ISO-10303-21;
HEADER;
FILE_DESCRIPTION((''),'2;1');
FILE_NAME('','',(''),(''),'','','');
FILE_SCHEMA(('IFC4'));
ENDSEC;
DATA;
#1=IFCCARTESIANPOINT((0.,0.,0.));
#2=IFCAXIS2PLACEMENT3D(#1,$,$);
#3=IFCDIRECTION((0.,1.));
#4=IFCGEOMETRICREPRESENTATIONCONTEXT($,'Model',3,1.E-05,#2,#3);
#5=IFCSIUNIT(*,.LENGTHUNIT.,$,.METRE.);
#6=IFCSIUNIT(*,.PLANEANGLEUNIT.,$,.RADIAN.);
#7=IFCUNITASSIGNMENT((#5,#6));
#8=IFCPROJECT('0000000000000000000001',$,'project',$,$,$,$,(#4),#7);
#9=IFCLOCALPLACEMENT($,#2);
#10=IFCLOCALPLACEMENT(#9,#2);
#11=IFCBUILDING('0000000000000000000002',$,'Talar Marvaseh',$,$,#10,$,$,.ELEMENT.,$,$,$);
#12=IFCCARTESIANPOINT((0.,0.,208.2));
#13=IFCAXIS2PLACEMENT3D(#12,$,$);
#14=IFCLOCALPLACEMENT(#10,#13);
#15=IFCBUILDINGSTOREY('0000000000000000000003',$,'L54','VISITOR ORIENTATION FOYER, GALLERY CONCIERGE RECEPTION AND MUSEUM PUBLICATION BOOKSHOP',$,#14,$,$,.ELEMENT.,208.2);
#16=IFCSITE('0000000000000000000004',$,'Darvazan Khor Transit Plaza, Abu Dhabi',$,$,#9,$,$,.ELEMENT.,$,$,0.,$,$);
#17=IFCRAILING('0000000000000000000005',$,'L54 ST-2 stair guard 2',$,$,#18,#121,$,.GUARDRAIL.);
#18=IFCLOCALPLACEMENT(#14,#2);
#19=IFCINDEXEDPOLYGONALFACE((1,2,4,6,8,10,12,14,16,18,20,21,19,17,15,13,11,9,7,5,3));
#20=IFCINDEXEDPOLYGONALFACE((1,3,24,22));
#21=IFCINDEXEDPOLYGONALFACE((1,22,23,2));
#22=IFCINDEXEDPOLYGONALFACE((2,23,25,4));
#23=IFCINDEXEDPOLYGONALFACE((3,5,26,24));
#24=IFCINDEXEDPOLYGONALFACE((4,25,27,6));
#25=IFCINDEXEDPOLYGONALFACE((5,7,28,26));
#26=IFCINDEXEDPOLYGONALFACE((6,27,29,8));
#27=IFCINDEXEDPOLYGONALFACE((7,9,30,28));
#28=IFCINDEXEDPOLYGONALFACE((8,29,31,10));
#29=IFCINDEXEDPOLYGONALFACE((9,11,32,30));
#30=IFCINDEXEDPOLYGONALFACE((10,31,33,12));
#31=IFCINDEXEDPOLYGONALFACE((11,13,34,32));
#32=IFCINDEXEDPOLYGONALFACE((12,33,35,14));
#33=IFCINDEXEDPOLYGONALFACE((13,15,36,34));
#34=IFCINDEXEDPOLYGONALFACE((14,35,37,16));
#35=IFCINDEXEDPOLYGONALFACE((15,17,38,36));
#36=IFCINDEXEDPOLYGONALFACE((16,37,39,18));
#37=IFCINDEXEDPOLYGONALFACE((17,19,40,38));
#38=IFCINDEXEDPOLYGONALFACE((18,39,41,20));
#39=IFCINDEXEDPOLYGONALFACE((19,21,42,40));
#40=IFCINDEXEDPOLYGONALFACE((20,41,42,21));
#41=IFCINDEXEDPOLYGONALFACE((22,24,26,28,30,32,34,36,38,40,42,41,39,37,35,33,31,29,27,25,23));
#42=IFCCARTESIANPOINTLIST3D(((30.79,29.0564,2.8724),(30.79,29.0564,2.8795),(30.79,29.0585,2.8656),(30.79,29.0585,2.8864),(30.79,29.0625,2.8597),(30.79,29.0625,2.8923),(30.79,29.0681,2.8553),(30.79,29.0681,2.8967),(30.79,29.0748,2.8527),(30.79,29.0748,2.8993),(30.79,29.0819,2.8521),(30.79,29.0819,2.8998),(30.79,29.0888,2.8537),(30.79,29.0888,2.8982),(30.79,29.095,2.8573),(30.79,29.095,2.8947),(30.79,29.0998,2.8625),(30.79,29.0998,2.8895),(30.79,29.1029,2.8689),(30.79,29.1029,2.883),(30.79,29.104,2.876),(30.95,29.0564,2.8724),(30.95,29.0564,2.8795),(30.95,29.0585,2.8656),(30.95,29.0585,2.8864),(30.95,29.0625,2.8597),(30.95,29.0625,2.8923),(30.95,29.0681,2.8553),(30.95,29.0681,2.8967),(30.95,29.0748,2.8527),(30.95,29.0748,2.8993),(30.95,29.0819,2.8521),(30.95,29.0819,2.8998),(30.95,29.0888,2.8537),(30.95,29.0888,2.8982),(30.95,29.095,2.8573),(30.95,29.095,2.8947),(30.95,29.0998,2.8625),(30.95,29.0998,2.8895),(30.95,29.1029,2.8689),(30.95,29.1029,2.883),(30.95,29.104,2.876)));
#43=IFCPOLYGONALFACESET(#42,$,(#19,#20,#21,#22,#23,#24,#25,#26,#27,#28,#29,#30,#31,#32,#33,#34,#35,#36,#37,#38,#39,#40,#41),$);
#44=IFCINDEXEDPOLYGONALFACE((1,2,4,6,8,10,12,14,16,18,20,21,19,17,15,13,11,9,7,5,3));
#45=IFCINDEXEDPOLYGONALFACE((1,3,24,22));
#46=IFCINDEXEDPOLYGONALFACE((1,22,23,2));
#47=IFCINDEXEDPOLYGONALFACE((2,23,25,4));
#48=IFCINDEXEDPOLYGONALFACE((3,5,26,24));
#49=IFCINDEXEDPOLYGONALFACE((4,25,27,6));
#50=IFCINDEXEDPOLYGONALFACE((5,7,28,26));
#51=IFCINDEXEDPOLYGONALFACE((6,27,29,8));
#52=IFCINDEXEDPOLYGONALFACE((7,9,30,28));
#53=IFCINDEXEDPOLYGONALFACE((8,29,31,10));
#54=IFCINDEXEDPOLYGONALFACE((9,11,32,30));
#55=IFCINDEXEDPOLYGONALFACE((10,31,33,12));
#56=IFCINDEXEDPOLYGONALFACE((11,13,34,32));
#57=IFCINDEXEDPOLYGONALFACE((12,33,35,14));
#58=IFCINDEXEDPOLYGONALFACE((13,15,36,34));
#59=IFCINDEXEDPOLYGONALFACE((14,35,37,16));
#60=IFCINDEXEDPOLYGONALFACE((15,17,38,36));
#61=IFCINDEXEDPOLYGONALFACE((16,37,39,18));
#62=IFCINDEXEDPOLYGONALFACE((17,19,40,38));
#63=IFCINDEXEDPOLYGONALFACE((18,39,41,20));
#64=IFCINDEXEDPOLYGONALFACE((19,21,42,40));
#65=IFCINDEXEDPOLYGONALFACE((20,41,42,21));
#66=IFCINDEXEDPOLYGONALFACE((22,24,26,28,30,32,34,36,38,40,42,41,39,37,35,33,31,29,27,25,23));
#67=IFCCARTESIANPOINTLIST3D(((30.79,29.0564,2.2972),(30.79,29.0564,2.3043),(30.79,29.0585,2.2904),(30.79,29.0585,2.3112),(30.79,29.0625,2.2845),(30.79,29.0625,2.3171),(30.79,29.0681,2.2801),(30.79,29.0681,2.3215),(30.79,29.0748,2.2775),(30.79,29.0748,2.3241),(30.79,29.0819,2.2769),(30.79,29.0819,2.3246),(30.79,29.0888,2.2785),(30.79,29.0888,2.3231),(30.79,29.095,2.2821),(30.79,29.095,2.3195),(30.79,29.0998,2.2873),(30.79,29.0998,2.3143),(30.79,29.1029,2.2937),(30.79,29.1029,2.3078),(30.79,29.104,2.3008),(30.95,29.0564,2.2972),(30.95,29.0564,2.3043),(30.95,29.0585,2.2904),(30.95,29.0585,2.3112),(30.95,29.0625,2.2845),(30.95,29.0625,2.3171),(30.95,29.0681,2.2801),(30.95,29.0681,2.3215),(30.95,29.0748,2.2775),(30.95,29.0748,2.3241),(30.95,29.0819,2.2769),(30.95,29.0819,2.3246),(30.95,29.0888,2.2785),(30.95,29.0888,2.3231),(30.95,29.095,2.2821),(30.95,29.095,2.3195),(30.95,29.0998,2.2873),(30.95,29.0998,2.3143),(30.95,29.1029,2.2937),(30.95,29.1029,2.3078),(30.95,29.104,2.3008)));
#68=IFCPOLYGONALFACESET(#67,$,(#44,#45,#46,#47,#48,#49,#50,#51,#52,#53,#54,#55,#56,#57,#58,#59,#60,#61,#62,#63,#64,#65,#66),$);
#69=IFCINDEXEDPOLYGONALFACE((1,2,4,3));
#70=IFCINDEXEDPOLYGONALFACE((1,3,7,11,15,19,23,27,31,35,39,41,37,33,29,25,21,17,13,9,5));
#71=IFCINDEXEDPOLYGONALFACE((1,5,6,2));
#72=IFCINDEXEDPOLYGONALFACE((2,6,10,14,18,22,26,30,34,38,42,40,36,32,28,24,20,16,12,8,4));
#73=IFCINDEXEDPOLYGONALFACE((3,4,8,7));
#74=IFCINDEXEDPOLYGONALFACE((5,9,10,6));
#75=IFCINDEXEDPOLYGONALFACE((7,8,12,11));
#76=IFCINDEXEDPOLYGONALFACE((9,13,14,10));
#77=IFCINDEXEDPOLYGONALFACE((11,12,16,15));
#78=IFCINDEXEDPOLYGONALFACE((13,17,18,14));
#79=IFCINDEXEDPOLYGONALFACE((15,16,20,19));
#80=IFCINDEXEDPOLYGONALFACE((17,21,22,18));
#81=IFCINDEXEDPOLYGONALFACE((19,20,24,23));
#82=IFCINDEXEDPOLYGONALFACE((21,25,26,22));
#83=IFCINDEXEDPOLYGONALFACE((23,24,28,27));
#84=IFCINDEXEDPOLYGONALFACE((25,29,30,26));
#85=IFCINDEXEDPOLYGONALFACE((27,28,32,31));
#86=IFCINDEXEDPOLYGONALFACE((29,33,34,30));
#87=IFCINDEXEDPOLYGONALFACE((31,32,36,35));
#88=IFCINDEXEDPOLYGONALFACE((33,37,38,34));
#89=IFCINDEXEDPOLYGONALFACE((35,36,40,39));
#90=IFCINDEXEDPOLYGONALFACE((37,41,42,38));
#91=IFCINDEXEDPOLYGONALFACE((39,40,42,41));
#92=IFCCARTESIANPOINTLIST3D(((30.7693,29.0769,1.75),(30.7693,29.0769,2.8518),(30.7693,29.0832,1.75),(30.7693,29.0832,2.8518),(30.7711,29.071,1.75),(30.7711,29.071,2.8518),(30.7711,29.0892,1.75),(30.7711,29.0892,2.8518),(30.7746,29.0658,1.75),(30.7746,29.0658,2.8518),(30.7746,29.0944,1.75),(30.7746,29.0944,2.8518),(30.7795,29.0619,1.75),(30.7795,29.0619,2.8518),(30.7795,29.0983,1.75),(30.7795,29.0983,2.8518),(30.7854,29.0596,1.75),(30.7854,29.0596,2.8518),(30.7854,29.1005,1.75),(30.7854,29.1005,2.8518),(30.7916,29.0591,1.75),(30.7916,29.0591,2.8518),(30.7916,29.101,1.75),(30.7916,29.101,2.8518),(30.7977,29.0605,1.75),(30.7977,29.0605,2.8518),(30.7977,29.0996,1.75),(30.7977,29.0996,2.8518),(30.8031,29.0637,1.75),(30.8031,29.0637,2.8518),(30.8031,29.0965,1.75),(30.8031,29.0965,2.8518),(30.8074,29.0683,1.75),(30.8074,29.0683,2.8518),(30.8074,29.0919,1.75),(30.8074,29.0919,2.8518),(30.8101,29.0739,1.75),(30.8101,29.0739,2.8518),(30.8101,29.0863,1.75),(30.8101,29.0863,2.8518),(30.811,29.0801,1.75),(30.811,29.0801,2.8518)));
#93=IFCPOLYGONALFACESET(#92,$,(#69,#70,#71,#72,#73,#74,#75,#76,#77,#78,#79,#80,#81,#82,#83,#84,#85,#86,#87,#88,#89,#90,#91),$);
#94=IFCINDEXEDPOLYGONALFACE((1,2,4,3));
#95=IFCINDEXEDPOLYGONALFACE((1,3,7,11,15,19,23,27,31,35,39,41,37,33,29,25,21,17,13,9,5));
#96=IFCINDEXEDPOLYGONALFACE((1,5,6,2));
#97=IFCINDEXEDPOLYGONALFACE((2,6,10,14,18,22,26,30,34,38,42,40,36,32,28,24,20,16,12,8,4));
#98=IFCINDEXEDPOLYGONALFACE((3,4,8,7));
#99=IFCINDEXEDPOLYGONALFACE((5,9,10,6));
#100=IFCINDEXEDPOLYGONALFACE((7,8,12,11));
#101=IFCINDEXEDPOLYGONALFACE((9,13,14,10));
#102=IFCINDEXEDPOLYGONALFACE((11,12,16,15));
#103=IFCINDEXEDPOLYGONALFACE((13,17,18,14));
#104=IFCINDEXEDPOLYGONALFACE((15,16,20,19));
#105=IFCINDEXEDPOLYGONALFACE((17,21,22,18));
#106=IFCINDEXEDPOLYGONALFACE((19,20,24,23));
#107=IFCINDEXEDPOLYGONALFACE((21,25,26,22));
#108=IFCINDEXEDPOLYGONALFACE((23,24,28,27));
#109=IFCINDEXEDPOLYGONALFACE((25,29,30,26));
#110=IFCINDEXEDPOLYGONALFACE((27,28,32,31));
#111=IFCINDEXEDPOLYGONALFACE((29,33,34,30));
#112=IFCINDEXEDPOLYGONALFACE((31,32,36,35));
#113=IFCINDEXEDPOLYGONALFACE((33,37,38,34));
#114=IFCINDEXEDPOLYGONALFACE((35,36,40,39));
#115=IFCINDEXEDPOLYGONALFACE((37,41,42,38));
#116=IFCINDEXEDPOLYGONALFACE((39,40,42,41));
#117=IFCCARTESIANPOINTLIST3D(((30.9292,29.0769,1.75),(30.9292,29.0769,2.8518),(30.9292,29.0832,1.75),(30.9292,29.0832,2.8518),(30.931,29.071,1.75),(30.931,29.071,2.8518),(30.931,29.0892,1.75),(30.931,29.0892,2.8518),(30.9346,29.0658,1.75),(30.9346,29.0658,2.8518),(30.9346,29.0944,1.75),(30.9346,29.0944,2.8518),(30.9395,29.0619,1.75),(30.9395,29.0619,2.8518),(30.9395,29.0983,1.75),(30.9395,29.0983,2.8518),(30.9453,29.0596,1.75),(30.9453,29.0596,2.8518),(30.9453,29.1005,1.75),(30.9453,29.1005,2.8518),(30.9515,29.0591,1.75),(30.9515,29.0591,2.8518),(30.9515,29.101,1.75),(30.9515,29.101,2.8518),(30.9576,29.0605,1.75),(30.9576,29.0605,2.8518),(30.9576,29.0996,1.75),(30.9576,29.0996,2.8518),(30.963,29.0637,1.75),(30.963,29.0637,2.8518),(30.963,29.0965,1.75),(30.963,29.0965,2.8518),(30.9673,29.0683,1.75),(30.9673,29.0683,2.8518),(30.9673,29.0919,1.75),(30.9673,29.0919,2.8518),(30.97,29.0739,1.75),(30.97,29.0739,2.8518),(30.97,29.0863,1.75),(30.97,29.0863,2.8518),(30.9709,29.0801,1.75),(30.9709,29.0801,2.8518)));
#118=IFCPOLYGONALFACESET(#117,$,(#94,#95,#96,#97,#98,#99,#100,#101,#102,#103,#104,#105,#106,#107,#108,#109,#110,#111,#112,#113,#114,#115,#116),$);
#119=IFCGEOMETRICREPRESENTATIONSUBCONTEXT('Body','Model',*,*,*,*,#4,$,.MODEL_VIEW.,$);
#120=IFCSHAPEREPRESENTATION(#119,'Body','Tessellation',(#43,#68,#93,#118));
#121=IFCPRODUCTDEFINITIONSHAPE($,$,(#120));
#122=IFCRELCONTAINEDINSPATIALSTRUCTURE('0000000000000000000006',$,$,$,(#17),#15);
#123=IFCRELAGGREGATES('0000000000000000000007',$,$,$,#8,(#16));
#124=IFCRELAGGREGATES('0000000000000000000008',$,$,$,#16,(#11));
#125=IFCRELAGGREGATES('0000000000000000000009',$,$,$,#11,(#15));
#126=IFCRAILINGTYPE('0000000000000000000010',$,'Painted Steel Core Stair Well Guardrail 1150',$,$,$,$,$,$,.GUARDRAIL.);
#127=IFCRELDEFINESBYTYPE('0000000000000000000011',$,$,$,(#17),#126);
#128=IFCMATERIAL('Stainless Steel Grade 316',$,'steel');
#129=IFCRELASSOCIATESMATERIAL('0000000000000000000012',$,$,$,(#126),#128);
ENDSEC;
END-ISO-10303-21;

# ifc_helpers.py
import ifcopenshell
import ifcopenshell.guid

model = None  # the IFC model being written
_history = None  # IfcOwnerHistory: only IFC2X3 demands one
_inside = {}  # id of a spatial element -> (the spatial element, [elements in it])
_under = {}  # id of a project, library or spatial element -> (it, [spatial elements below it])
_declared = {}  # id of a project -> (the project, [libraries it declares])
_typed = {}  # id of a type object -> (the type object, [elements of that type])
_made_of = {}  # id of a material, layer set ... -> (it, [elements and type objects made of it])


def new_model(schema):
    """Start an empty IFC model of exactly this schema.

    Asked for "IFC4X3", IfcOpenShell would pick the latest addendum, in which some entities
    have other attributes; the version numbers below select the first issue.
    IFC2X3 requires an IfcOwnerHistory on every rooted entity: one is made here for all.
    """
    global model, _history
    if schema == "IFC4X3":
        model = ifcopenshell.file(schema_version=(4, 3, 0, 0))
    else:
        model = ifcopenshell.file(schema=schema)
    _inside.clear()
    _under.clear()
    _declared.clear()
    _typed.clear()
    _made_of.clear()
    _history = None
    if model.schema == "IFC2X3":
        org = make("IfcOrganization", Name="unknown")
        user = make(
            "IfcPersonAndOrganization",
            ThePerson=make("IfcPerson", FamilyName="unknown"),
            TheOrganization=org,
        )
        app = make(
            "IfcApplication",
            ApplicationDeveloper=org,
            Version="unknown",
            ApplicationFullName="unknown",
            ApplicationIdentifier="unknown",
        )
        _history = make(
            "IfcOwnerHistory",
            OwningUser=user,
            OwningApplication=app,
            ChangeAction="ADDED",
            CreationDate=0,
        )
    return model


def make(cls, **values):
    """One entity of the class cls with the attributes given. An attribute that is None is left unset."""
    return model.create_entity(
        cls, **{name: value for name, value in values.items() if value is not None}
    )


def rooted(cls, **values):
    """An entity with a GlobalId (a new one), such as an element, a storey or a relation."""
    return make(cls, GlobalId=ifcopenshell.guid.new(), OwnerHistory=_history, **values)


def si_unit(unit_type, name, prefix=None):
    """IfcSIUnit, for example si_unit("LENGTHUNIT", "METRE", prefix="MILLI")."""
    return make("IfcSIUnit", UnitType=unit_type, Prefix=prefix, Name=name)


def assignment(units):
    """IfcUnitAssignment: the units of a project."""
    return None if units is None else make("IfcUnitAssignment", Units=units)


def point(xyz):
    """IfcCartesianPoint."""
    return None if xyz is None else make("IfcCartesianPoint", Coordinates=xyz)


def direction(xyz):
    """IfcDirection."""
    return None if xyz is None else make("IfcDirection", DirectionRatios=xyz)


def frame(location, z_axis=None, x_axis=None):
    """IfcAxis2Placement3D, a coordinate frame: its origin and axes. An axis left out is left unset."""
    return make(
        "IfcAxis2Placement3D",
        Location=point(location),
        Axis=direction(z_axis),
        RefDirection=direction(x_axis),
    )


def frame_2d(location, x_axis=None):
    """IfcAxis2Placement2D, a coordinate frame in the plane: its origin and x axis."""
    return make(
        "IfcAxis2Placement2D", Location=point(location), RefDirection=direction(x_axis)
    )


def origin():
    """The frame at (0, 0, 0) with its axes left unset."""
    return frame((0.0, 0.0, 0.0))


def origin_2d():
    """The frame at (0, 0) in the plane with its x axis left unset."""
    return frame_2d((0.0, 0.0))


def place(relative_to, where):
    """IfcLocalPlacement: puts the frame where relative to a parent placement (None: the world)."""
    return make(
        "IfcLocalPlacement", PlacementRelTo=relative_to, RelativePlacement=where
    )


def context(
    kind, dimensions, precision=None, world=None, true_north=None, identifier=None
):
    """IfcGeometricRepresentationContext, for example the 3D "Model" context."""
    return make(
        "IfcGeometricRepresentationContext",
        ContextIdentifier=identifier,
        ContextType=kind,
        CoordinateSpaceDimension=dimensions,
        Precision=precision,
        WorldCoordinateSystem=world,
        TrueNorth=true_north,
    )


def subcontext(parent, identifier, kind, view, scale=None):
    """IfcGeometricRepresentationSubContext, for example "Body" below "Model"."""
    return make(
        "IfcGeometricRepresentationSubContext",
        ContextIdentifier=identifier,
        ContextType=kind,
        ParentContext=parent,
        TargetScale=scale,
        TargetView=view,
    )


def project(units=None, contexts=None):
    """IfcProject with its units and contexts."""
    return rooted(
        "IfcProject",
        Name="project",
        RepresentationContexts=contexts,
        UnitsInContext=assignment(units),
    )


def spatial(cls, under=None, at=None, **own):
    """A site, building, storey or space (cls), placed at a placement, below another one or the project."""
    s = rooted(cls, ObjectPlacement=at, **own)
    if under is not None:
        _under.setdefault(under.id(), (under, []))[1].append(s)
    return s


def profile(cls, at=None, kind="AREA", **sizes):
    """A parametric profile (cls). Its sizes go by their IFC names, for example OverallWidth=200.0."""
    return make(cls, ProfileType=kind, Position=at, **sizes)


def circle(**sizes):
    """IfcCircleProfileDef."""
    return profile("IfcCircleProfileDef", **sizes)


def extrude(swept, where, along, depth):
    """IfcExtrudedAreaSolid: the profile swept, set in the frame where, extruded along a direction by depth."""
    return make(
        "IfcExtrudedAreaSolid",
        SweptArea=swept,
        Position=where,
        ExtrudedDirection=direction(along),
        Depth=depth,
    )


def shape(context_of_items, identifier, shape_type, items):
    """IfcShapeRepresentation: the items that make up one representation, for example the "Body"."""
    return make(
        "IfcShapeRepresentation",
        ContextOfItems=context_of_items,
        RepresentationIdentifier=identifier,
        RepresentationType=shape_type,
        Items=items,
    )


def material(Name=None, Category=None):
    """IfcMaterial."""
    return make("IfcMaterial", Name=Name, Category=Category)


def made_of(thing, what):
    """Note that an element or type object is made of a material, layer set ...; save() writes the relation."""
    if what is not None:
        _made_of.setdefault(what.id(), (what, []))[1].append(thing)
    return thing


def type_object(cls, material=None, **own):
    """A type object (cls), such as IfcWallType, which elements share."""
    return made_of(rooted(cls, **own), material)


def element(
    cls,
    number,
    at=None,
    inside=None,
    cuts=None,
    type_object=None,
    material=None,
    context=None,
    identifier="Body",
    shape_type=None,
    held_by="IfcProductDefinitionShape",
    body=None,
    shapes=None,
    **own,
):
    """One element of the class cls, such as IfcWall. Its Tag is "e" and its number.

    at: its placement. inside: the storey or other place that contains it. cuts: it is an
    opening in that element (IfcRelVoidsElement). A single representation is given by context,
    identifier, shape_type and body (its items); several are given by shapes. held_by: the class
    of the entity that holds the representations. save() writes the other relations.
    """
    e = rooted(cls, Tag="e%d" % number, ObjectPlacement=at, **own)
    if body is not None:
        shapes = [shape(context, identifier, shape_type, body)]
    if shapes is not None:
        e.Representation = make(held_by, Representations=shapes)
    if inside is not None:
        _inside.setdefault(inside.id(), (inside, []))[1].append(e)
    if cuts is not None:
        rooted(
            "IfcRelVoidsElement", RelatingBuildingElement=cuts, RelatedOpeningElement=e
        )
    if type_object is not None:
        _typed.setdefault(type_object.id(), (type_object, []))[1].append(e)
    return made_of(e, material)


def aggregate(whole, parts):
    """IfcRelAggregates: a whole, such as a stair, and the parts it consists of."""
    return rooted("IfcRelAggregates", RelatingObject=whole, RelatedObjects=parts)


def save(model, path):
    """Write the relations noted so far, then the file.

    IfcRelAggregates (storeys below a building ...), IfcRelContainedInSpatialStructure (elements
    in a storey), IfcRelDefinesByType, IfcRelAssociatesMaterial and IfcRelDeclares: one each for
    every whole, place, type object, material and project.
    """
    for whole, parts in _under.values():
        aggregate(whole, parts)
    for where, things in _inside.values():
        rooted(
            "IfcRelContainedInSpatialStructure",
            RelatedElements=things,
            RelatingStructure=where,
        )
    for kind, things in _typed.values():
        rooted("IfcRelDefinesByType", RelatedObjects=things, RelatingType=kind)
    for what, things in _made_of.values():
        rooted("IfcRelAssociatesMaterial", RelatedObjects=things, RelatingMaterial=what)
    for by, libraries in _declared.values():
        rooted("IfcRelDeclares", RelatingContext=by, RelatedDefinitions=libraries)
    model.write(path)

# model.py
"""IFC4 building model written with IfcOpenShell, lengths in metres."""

from ifc_helpers import new_model, si_unit, direction, frame, origin, origin_2d, place, context, subcontext, project, spatial, circle, extrude, material, type_object, element, save


model = new_model("IFC4")

# Units and contexts
model_context = context("Model", 3, precision=1e-05, world=origin(), true_north=direction((0.0, 1.0)))
body_context = subcontext(model_context, "Body", "Model", "MODEL_VIEW")
ifc_project = project(units=[si_unit("LENGTHUNIT", "METRE"), si_unit("PLANEANGLEUNIT", "RADIAN")], contexts=[model_context])

# Site, building, storey
site_placement = place(None, origin())
site = spatial("IfcSite", under=ifc_project, at=site_placement, Name="Darvazan Khor Transit Plaza, Abu Dhabi", CompositionType="ELEMENT", RefElevation=0.0)
building_placement = place(site_placement, origin())
building = spatial("IfcBuilding", under=site, at=building_placement, Name="Talar Marvaseh", CompositionType="ELEMENT")
storey_placement = place(building_placement, frame((0.0, 0.0, 208.2)))
storey = spatial("IfcBuildingStorey", under=building, at=storey_placement, Name="L54", Description="VISITOR ORIENTATION FOYER, GALLERY CONCIERGE RECEPTION AND MUSEUM PUBLICATION BOOKSHOP", CompositionType="ELEMENT", Elevation=208.2)

# Shared definitions
ifc_material_1 = material(Name="Stainless Steel Grade 316", Category="steel")

# Railing
railing_type_1 = type_object("IfcRailingType", Name="Painted Steel Core Stair Well Guardrail 1150", PredefinedType="GUARDRAIL", material=ifc_material_1)
railing_1_placement = place(storey_placement, frame((30.79, 29.0801, 1.75)))
element("IfcRailing", 1, at=railing_1_placement, inside=storey, type_object=railing_type_1, Name="L54 ST-2 stair guard 2", PredefinedType="GUARDRAIL", context=body_context, shape_type="SweptSolid", body=[
    extrude(circle(Radius=0.0239, at=origin_2d()), frame((0.0, 0.0, 1.126), z_axis=(1.0, 0.0, 0.0), x_axis=(0.0, 1.0, 0.0)), (0.0, 0.0, 1.0), 0.1599),
    extrude(circle(Radius=0.0239, at=origin_2d()), frame((0.0, 0.0, 0.5508), z_axis=(1.0, 0.0, 0.0), x_axis=(0.0, 1.0, 0.0)), (0.0, 0.0, 1.0), 0.1599),
    extrude(circle(Radius=0.021, at=origin_2d()), origin(), (0.0, 0.0, 1.0), 1.1018),
    extrude(circle(Radius=0.021, at=origin_2d()), frame((0.1599, 0.0, 0.0)), (0.0, 0.0, 1.0), 1.1018),
])

save(model, "model.ifc")
